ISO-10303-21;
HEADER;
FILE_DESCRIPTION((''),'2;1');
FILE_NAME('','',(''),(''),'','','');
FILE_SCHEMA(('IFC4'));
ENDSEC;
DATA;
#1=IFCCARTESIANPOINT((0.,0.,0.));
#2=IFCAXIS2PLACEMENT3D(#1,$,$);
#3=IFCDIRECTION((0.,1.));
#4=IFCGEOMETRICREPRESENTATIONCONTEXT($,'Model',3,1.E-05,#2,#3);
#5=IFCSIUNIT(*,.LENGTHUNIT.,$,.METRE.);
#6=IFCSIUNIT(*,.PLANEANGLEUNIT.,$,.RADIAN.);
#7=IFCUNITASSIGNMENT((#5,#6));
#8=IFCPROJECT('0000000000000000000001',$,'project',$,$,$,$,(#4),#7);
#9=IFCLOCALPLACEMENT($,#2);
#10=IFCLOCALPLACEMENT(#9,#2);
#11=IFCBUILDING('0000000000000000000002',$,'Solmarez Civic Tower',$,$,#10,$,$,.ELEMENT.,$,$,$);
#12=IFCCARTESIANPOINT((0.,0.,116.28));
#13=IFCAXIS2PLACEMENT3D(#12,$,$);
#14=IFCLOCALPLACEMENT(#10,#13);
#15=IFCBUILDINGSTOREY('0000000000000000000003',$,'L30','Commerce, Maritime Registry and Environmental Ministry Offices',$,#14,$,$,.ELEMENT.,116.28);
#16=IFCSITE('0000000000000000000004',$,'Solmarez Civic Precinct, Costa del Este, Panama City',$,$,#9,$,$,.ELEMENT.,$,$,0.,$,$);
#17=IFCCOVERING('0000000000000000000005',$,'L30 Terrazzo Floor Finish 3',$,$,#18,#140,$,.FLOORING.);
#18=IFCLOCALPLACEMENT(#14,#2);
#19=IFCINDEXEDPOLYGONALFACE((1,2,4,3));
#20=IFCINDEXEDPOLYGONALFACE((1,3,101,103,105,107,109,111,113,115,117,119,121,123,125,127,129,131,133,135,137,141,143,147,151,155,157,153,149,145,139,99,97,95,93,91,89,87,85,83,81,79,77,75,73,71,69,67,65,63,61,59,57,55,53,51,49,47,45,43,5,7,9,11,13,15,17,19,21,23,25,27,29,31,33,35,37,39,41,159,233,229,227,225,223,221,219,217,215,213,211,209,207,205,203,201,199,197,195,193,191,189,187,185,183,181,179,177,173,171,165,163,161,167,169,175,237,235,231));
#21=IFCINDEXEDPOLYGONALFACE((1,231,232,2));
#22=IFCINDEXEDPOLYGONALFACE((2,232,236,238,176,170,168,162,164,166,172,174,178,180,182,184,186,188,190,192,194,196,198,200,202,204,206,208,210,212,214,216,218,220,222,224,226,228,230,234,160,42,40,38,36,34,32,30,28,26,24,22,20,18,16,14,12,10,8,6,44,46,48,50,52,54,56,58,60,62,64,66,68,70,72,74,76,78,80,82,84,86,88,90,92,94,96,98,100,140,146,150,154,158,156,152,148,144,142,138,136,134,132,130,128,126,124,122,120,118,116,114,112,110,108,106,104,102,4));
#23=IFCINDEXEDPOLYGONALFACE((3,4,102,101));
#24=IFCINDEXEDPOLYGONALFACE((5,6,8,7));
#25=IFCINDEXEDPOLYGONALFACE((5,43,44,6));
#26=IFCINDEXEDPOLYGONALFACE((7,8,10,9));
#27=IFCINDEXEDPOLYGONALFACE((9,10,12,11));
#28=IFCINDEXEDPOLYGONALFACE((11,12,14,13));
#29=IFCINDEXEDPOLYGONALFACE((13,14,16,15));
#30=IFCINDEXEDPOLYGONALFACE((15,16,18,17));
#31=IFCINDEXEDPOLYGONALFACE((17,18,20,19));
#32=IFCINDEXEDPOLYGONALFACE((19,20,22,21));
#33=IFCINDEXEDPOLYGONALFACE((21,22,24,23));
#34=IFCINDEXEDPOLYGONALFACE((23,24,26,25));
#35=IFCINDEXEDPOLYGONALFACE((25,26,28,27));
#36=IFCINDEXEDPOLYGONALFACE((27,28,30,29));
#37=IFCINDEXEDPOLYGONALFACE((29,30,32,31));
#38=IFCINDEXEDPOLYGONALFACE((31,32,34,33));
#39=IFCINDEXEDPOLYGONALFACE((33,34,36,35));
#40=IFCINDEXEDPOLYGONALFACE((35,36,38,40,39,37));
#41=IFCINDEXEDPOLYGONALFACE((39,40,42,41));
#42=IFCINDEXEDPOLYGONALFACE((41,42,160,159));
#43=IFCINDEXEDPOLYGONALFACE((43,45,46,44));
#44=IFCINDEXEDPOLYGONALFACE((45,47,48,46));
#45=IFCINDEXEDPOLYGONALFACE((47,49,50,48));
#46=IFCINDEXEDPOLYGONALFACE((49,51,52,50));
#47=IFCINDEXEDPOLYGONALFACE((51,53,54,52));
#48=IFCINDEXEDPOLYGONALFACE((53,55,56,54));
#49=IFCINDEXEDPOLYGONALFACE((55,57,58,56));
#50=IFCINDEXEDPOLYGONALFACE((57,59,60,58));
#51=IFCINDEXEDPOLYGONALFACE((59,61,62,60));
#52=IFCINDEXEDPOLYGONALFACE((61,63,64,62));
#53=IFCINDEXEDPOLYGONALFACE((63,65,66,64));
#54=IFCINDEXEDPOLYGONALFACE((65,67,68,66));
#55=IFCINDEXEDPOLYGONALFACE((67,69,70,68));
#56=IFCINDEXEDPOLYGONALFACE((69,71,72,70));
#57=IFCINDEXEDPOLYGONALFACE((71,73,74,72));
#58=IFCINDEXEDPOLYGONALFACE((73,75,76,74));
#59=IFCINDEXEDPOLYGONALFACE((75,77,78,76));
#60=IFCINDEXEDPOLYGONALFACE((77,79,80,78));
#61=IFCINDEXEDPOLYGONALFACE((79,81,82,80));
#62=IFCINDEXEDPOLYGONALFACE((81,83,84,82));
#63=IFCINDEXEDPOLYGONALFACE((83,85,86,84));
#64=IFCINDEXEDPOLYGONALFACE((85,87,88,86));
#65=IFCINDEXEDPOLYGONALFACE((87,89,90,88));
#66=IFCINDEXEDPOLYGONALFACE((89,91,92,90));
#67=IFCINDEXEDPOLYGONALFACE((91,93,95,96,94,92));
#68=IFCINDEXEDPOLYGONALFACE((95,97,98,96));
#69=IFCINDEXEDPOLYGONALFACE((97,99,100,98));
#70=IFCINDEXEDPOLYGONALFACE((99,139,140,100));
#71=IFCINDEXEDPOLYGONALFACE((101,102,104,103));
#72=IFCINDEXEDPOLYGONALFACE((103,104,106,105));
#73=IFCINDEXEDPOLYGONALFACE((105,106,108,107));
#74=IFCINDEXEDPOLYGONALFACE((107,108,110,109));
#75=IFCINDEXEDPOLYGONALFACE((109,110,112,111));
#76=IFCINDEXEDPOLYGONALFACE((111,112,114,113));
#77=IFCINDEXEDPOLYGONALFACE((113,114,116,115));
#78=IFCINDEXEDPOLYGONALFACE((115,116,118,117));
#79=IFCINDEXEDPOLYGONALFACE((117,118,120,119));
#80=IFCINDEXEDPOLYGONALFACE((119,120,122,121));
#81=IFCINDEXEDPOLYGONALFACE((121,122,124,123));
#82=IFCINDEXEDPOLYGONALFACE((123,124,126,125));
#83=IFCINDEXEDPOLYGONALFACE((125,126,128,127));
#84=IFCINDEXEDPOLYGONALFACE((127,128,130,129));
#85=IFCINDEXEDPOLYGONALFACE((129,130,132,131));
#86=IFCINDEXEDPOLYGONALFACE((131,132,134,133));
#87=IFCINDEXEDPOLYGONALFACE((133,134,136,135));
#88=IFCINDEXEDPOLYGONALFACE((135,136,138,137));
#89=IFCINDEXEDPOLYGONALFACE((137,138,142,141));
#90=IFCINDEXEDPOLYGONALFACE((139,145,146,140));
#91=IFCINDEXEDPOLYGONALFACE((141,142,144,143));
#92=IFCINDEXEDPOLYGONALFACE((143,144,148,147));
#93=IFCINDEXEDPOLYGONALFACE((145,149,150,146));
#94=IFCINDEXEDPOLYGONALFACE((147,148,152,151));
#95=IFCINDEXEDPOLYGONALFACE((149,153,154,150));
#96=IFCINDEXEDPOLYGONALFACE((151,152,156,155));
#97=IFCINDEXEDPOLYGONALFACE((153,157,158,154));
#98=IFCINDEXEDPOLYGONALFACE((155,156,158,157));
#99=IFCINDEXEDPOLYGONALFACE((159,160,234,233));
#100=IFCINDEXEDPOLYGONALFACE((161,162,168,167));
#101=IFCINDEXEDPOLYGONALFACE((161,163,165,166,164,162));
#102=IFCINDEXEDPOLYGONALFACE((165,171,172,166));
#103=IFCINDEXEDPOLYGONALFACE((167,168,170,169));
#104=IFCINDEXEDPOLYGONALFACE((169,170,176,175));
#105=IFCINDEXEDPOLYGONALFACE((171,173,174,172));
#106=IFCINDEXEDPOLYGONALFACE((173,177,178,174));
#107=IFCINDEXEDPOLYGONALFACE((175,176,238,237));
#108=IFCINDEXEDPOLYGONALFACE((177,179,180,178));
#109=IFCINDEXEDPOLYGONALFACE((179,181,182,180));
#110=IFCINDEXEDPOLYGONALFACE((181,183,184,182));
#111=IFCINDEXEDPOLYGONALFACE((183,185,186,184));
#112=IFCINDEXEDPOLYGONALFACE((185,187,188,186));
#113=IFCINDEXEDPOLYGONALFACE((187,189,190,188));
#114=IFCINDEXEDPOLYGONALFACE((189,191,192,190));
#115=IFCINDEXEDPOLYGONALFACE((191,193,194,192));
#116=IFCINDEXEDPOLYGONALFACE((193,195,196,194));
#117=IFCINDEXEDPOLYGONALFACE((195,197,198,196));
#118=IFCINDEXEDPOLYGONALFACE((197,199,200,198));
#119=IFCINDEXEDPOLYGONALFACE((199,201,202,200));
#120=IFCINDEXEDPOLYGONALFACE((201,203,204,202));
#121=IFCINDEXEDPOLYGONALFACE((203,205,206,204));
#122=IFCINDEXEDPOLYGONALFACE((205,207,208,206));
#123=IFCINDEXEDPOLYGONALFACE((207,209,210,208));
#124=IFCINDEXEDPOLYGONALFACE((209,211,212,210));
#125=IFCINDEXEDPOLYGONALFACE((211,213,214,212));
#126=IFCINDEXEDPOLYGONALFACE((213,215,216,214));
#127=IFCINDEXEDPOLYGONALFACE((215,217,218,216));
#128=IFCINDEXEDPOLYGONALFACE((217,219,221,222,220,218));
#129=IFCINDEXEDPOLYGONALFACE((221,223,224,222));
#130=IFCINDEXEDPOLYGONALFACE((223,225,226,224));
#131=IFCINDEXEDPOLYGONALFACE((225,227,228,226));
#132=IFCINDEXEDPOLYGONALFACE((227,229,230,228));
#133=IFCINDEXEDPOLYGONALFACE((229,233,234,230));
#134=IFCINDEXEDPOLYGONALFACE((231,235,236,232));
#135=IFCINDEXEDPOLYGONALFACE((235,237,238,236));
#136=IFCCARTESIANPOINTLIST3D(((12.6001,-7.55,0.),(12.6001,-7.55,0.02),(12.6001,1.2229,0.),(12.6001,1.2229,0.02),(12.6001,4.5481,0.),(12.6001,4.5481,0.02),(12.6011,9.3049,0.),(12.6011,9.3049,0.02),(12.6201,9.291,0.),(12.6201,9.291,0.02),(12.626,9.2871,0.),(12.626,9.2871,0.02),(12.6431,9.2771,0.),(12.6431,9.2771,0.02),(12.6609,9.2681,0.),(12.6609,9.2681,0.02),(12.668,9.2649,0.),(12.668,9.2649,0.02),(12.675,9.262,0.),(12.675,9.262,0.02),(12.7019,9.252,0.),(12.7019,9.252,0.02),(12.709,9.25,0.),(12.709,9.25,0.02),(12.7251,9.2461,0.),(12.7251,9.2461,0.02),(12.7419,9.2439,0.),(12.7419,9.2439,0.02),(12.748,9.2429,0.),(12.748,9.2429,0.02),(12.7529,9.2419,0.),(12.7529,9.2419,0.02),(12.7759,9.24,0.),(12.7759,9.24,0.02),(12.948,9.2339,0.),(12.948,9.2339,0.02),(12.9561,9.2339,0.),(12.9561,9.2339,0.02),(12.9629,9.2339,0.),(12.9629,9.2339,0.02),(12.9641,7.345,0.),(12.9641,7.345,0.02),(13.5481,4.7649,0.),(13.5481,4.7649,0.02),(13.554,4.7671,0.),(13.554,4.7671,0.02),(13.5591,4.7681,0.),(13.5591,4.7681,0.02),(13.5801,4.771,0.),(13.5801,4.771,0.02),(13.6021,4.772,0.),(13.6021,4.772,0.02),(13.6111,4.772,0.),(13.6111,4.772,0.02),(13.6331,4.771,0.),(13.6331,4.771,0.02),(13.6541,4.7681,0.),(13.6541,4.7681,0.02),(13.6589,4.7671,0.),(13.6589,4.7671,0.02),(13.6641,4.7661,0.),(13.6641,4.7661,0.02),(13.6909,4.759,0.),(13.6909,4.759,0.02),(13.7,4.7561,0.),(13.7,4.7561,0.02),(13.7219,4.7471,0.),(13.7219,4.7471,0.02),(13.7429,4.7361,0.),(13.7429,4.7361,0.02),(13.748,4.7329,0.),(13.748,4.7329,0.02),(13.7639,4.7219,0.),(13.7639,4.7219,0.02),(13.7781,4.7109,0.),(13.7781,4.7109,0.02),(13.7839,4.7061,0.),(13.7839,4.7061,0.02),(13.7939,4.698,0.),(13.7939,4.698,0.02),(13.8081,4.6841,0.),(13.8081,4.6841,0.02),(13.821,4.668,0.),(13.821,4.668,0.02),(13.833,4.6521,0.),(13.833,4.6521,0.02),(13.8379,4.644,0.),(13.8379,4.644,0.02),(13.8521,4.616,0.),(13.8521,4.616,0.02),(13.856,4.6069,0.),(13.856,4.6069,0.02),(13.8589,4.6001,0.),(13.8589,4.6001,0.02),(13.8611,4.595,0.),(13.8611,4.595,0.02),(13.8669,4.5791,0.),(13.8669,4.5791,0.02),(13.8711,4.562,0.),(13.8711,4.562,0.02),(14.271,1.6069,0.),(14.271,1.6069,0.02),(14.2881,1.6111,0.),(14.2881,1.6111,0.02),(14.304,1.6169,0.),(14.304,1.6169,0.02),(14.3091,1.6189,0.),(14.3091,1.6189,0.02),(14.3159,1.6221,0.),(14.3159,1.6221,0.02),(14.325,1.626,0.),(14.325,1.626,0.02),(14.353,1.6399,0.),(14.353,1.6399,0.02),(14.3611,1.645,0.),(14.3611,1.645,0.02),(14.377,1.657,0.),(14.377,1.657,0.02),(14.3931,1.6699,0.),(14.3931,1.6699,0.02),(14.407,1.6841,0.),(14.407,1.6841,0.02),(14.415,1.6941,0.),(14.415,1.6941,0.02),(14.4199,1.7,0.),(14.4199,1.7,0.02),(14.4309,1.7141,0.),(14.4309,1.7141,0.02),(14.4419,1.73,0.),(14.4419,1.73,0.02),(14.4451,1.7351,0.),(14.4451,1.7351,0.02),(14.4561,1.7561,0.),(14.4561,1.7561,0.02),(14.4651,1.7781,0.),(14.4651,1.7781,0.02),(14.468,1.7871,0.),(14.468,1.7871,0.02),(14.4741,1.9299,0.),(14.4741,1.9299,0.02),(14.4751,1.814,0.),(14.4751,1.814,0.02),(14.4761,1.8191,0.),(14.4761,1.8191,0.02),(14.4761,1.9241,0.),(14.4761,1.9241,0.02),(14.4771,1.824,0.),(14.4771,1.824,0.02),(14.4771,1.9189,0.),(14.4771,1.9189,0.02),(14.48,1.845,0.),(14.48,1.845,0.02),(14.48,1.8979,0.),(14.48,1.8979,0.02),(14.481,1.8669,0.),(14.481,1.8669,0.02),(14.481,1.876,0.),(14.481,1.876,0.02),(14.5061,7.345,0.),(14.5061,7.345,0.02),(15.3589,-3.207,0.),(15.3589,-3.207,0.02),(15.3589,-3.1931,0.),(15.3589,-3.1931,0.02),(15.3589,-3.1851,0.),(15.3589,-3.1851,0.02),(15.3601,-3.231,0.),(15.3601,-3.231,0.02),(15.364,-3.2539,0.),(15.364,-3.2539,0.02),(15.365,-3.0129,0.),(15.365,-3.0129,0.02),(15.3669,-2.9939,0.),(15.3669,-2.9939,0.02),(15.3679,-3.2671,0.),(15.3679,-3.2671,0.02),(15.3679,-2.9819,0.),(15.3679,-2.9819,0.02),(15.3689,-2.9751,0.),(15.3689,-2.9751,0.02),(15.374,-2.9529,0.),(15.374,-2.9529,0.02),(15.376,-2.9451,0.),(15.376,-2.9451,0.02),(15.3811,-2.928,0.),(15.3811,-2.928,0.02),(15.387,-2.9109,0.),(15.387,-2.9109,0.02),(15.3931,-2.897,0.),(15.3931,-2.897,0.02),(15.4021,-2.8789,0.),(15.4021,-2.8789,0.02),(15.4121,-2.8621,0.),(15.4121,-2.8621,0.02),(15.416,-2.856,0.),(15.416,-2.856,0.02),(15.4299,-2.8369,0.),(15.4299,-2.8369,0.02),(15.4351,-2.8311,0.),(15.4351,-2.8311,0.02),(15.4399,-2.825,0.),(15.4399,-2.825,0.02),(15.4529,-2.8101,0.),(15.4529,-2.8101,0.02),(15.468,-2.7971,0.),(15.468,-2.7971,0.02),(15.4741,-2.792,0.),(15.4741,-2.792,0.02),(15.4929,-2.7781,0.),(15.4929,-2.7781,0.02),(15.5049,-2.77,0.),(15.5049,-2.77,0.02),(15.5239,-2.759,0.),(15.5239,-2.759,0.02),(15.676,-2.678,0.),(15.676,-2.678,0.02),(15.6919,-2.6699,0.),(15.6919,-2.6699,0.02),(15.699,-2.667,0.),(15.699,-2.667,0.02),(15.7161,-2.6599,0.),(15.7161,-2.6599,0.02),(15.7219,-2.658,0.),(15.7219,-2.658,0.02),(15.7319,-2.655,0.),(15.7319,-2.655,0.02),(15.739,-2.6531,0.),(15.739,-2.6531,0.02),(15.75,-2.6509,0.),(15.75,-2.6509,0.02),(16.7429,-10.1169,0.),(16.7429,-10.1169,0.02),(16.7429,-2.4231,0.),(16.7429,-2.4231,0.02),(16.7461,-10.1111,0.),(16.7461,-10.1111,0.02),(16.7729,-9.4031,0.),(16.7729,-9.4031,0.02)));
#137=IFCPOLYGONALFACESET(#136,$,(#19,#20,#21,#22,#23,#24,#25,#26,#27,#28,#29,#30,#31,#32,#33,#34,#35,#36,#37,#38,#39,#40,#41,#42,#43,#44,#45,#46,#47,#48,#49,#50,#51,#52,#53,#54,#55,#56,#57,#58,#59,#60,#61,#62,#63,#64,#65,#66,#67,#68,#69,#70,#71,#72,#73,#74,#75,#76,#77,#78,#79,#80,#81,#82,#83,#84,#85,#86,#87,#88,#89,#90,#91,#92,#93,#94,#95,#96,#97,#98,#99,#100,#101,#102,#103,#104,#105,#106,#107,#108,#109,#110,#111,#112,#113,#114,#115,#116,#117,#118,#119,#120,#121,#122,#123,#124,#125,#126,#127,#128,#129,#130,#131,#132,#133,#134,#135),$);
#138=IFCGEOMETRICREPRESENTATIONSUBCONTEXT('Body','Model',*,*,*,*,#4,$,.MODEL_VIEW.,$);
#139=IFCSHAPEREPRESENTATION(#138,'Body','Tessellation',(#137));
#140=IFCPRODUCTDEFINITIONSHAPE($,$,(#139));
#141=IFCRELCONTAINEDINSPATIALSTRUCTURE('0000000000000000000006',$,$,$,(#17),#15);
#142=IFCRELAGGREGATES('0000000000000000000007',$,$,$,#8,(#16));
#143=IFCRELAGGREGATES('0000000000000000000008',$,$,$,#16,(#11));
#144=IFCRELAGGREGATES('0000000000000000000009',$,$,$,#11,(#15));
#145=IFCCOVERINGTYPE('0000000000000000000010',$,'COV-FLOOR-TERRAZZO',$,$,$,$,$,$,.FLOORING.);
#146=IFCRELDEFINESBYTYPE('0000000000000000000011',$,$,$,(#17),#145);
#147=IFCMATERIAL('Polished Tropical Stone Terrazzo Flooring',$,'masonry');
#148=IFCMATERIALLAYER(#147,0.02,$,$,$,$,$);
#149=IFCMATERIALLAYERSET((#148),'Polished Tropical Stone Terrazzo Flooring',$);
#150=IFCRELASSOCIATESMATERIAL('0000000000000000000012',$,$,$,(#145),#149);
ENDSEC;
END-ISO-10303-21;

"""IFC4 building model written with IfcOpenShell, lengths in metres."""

from ifc_helpers import new_model, si_unit, direction, frame, origin, place, context, subcontext, project, spatial, polyline, outline, extrude, material, layer, layer_set, type_object, element, save


model = new_model("IFC4")

# Units and contexts
model_context = context("Model", 3, precision=1e-05, world=origin(), true_north=direction((0.0, 1.0)))
body_context = subcontext(model_context, "Body", "Model", "MODEL_VIEW")
ifc_project = project(units=[si_unit("LENGTHUNIT", "METRE"), si_unit("PLANEANGLEUNIT", "RADIAN")], contexts=[model_context])

# Site, building, storey
site_placement = place(None, origin())
site = spatial("IfcSite", under=ifc_project, at=site_placement, Name="Solmarez Civic Precinct, Costa del Este, Panama City", CompositionType="ELEMENT", RefElevation=0.0)
building_placement = place(site_placement, origin())
building = spatial("IfcBuilding", under=site, at=building_placement, Name="Solmarez Civic Tower", CompositionType="ELEMENT")
storey_placement = place(building_placement, frame((0.0, 0.0, 116.28)))
storey = spatial("IfcBuildingStorey", under=building, at=storey_placement, Name="L30", Description="Commerce, Maritime Registry and Environmental Ministry Offices", CompositionType="ELEMENT", Elevation=116.28)

# Covering
ifc_material_1 = material(Name="Polished Tropical Stone Terrazzo Flooring", Category="masonry")
ifc_layer_1 = layer(ifc_material_1, 0.02)
ifc_layer_set_1 = layer_set([ifc_layer_1], Name="Polished Tropical Stone Terrazzo Flooring")
covering_type_1 = type_object("IfcCoveringType", Name="COV-FLOOR-TERRAZZO", PredefinedType="FLOORING", material=ifc_layer_set_1)
covering_1_placement = place(storey_placement, origin())
element("IfcCovering", 1, at=covering_1_placement, inside=storey, type_object=covering_type_1, Name="L30 Terrazzo Floor Finish 3", PredefinedType="FLOORING", context=body_context, shape_type="SweptSolid", body=[
    extrude(outline(polyline([(12.6001, 4.5481), (13.5481, 4.7649), (13.554, 4.7671), (13.5591, 4.7681), (13.5801, 4.771), (13.6021, 4.772), (13.6111, 4.772), (13.6331, 4.771), (13.6541, 4.7681), (13.6589, 4.7671), (13.6641, 4.7661), (13.6909, 4.759), (13.7, 4.7561), (13.7219, 4.7471), (13.7429, 4.7361), (13.748, 4.7329), (13.7639, 4.7219), (13.7781, 4.7109), (13.7839, 4.7061), (13.7939, 4.698), (13.8081, 4.6841), (13.821, 4.668), (13.833, 4.6521), (13.8379, 4.644), (13.8521, 4.616), (13.856, 4.6069), (13.8589, 4.6001), (13.8611, 4.595), (13.8669, 4.5791), (13.8711, 4.562), (14.4741, 1.9299), (14.4761, 1.9241), (14.4771, 1.9189), (14.48, 1.8979), (14.481, 1.876), (14.481, 1.8669), (14.48, 1.845), (14.4771, 1.824), (14.4761, 1.8191), (14.4751, 1.814), (14.468, 1.7871), (14.4651, 1.7781), (14.4561, 1.7561), (14.4451, 1.7351), (14.4419, 1.73), (14.4309, 1.7141), (14.4199, 1.7), (14.415, 1.6941), (14.407, 1.6841), (14.3931, 1.6699), (14.377, 1.657), (14.3611, 1.645), (14.353, 1.6399), (14.325, 1.626), (14.3159, 1.6221), (14.3091, 1.6189), (14.304, 1.6169), (14.2881, 1.6111), (14.271, 1.6069), (12.6001, 1.2229), (12.6001, -7.55), (16.7429, -10.1169), (16.7461, -10.1111), (16.7729, -9.4031), (15.3679, -3.2671), (15.364, -3.2539), (15.3601, -3.231), (15.3589, -3.207), (15.3589, -3.1931), (15.3589, -3.1851), (15.365, -3.0129), (15.3669, -2.9939), (15.3679, -2.9819), (15.3689, -2.9751), (15.374, -2.9529), (15.376, -2.9451), (15.3811, -2.928), (15.387, -2.9109), (15.3931, -2.897), (15.4021, -2.8789), (15.4121, -2.8621), (15.416, -2.856), (15.4299, -2.8369), (15.4351, -2.8311), (15.4399, -2.825), (15.4529, -2.8101), (15.468, -2.7971), (15.4741, -2.792), (15.4929, -2.7781), (15.5049, -2.77), (15.5239, -2.759), (15.676, -2.678), (15.6919, -2.6699), (15.699, -2.667), (15.7161, -2.6599), (15.7219, -2.658), (15.7319, -2.655), (15.739, -2.6531), (15.75, -2.6509), (16.7429, -2.4231), (14.5061, 7.345), (12.9641, 7.345), (12.9629, 9.2339), (12.9561, 9.2339), (12.948, 9.2339), (12.7759, 9.24), (12.7529, 9.2419), (12.748, 9.2429), (12.7419, 9.2439), (12.7251, 9.2461), (12.709, 9.25), (12.7019, 9.252), (12.675, 9.262), (12.668, 9.2649), (12.6609, 9.2681), (12.6431, 9.2771), (12.626, 9.2871), (12.6201, 9.291), (12.6011, 9.3049), (12.6001, 4.5481)])), origin(), (0.0, 0.0, 1.0), 0.02),
])

save(model, "model.ifc")
